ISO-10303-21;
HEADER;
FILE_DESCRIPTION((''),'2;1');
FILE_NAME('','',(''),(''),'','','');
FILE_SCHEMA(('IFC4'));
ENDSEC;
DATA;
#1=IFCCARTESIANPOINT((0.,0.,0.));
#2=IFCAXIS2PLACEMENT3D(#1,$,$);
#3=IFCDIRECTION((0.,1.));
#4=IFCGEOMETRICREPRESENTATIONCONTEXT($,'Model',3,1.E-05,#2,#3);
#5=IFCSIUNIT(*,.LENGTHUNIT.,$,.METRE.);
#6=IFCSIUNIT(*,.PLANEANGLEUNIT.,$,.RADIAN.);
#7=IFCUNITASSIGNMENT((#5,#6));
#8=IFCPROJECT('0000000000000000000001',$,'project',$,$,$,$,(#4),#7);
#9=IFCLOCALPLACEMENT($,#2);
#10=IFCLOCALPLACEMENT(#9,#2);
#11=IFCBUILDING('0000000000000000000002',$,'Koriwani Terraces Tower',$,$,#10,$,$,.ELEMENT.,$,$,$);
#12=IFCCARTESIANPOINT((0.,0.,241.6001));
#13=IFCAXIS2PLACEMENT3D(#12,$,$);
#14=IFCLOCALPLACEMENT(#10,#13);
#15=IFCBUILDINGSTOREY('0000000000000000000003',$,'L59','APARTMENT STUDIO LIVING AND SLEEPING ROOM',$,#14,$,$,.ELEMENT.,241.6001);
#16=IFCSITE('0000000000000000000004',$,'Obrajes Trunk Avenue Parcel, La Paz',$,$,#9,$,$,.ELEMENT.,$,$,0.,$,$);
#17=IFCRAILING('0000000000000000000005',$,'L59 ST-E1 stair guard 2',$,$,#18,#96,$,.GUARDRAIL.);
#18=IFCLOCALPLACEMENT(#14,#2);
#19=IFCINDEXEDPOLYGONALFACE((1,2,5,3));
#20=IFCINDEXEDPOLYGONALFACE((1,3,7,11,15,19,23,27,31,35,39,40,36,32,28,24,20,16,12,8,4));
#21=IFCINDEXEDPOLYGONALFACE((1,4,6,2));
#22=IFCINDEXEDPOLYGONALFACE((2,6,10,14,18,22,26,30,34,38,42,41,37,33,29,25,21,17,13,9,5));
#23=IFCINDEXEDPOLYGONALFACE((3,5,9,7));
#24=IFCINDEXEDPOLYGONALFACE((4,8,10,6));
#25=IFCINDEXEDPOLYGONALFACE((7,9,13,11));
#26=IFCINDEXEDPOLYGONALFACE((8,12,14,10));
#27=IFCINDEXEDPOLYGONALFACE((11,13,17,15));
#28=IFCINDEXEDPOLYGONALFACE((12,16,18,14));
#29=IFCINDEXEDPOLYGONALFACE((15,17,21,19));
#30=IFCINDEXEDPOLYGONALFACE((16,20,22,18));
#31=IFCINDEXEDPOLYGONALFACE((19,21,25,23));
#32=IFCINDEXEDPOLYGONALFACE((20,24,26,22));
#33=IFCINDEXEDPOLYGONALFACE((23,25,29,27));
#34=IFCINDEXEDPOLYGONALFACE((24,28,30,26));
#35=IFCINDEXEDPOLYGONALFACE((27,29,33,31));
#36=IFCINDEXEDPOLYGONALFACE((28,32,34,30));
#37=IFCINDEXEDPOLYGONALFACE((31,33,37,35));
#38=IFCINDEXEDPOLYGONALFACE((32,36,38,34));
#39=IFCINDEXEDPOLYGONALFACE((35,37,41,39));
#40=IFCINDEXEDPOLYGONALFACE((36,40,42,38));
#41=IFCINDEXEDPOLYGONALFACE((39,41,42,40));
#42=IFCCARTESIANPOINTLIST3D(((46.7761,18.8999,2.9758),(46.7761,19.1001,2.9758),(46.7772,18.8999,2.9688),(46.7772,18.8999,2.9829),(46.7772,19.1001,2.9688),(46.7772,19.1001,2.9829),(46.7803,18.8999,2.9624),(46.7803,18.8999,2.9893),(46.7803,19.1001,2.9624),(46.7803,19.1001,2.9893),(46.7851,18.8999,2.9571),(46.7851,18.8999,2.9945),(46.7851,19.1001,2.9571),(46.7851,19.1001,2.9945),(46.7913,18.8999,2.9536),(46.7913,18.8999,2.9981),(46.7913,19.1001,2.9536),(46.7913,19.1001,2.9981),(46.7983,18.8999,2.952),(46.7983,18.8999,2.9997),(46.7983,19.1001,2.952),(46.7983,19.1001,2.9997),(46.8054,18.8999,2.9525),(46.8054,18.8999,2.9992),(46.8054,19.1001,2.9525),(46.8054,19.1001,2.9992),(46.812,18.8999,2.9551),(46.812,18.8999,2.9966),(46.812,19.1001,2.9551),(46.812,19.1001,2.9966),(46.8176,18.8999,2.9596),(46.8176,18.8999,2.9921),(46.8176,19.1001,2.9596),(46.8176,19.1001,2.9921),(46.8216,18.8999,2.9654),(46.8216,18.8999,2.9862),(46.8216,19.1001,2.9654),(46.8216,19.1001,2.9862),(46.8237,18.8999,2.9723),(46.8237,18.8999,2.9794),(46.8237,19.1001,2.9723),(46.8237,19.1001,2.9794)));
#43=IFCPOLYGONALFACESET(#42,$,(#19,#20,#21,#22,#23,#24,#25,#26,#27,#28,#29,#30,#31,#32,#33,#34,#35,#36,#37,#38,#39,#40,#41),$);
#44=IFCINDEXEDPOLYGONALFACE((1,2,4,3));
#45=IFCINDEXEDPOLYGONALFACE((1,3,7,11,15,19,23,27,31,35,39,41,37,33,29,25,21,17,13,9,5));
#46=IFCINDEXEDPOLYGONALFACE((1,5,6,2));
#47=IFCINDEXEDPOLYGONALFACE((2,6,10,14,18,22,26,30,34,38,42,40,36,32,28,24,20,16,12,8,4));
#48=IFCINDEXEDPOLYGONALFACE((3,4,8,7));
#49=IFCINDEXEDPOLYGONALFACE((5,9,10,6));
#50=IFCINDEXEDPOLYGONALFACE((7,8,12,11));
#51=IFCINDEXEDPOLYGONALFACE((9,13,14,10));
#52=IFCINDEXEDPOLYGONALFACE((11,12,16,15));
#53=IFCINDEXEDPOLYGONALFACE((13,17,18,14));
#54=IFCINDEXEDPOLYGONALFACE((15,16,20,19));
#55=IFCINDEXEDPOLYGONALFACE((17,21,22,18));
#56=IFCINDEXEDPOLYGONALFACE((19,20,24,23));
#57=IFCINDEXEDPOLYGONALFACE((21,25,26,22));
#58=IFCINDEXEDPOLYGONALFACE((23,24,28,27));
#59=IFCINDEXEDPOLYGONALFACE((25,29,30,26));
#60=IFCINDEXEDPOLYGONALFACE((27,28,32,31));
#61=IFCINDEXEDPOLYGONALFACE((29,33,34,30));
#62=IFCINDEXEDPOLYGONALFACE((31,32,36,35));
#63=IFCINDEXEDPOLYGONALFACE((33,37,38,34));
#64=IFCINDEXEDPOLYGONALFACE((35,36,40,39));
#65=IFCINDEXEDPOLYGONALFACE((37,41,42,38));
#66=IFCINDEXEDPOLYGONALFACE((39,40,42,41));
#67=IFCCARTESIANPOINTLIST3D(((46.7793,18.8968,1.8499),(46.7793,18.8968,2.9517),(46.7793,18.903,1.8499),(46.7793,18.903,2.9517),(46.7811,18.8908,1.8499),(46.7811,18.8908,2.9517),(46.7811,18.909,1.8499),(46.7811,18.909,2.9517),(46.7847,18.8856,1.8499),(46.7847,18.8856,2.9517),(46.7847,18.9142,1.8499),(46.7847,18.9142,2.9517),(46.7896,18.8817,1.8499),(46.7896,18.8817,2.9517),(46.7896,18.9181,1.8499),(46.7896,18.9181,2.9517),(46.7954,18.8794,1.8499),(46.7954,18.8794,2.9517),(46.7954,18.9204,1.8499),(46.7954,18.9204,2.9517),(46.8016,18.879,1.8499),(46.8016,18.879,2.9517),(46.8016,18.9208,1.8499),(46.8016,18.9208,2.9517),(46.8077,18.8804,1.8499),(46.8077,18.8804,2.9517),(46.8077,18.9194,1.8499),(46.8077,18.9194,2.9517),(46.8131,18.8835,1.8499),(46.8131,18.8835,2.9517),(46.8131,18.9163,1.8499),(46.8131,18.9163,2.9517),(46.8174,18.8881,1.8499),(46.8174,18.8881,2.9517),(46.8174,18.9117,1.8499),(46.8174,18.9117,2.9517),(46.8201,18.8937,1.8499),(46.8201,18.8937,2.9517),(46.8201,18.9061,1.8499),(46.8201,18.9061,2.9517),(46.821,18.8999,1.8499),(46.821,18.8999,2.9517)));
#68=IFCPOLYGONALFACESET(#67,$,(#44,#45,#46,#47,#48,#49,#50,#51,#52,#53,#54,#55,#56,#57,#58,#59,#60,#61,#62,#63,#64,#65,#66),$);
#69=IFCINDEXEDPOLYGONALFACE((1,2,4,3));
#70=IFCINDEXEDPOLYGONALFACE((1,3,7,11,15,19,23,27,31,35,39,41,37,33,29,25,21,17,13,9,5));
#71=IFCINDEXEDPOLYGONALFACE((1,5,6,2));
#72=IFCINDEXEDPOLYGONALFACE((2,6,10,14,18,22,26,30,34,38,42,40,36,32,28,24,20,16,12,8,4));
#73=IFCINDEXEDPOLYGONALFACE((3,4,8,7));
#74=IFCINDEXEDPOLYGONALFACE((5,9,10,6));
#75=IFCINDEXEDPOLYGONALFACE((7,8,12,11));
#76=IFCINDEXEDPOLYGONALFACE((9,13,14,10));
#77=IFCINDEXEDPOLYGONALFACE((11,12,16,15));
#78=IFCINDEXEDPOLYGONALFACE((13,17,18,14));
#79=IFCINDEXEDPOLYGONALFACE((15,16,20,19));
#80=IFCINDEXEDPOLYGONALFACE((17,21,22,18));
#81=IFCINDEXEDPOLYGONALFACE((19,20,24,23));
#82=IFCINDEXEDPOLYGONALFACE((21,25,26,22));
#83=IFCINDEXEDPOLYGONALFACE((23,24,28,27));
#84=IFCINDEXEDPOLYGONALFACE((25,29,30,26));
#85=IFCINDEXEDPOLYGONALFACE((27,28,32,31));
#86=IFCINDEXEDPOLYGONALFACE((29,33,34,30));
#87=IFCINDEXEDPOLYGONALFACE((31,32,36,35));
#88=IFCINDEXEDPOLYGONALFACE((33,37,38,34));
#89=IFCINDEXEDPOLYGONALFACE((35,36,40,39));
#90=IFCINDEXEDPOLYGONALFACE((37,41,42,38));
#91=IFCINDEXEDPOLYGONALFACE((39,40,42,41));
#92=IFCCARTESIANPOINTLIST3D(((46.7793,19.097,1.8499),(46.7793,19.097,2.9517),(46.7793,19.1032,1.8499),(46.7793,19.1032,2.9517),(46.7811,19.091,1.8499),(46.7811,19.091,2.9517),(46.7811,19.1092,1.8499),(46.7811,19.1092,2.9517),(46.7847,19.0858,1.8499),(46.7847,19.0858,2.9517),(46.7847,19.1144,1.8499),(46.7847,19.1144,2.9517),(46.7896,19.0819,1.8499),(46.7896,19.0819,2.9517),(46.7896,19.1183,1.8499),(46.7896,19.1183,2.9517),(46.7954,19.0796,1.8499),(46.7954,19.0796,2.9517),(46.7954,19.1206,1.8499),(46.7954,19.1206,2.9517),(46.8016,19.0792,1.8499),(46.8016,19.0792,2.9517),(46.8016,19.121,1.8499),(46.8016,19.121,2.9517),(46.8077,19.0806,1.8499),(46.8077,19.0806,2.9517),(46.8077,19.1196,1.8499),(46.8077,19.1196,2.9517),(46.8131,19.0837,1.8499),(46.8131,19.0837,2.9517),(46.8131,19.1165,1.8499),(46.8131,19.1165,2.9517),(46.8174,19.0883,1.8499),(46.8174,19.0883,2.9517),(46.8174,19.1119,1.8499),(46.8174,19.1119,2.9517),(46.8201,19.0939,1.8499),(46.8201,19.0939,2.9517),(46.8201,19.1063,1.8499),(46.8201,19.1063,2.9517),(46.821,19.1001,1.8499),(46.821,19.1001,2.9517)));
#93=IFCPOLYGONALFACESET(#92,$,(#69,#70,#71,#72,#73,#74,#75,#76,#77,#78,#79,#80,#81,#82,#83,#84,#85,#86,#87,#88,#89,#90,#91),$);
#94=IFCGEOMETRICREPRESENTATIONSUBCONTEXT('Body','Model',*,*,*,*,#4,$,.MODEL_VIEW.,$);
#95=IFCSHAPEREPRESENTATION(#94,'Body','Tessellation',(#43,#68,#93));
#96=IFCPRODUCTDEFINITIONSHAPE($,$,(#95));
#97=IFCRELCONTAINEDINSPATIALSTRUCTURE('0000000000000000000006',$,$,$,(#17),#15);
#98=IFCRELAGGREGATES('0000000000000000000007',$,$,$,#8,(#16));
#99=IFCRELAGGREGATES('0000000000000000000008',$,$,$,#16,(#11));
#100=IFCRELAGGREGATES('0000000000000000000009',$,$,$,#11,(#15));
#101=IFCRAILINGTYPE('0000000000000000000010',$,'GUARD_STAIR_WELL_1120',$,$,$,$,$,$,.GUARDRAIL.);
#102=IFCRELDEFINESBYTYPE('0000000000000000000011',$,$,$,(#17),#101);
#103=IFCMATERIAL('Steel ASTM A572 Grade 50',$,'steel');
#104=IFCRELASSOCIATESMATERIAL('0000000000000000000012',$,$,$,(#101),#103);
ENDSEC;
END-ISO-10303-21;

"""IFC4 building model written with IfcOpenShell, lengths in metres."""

from ifc_helpers import new_model, si_unit, direction, frame, origin, origin_2d, place, context, subcontext, project, spatial, circle, extrude, material, type_object, element, save


model = new_model("IFC4")

# Units and contexts
model_context = context("Model", 3, precision=1e-05, world=origin(), true_north=direction((0.0, 1.0)))
body_context = subcontext(model_context, "Body", "Model", "MODEL_VIEW")
ifc_project = project(units=[si_unit("LENGTHUNIT", "METRE"), si_unit("PLANEANGLEUNIT", "RADIAN")], contexts=[model_context])

# Site, building, storey
site_placement = place(None, origin())
site = spatial("IfcSite", under=ifc_project, at=site_placement, Name="Obrajes Trunk Avenue Parcel, La Paz", CompositionType="ELEMENT", RefElevation=0.0)
building_placement = place(site_placement, origin())
building = spatial("IfcBuilding", under=site, at=building_placement, Name="Koriwani Terraces Tower", CompositionType="ELEMENT")
storey_placement = place(building_placement, frame((0.0, 0.0, 241.6001)))
storey = spatial("IfcBuildingStorey", under=building, at=storey_placement, Name="L59", Description="APARTMENT STUDIO LIVING AND SLEEPING ROOM", CompositionType="ELEMENT", Elevation=241.6001)

# Shared definitions
ifc_material_1 = material(Name="Steel ASTM A572 Grade 50", Category="steel")

# Railing
railing_type_1 = type_object("IfcRailingType", Name="GUARD_STAIR_WELL_1120", PredefinedType="GUARDRAIL", material=ifc_material_1)
railing_1_placement = place(storey_placement, frame((46.8, 18.8999, 1.8499)))
element("IfcRailing", 1, at=railing_1_placement, inside=storey, type_object=railing_type_1, Name="L59 ST-E1 stair guard 2", PredefinedType="GUARDRAIL", context=body_context, shape_type="SweptSolid", body=[
    extrude(circle(Radius=0.0239, at=origin_2d()), frame((0.0, 0.0, 1.126), z_axis=(0.0, 1.0, 0.0), x_axis=(-1.0, 0.0, 0.0)), (0.0, 0.0, 1.0), 0.2002),
    extrude(circle(Radius=0.021, at=origin_2d()), origin(), (0.0, 0.0, 1.0), 1.1018),
    extrude(circle(Radius=0.021, at=origin_2d()), frame((0.0, 0.2002, 0.0)), (0.0, 0.0, 1.0), 1.1018),
])

save(model, "model.ifc")
